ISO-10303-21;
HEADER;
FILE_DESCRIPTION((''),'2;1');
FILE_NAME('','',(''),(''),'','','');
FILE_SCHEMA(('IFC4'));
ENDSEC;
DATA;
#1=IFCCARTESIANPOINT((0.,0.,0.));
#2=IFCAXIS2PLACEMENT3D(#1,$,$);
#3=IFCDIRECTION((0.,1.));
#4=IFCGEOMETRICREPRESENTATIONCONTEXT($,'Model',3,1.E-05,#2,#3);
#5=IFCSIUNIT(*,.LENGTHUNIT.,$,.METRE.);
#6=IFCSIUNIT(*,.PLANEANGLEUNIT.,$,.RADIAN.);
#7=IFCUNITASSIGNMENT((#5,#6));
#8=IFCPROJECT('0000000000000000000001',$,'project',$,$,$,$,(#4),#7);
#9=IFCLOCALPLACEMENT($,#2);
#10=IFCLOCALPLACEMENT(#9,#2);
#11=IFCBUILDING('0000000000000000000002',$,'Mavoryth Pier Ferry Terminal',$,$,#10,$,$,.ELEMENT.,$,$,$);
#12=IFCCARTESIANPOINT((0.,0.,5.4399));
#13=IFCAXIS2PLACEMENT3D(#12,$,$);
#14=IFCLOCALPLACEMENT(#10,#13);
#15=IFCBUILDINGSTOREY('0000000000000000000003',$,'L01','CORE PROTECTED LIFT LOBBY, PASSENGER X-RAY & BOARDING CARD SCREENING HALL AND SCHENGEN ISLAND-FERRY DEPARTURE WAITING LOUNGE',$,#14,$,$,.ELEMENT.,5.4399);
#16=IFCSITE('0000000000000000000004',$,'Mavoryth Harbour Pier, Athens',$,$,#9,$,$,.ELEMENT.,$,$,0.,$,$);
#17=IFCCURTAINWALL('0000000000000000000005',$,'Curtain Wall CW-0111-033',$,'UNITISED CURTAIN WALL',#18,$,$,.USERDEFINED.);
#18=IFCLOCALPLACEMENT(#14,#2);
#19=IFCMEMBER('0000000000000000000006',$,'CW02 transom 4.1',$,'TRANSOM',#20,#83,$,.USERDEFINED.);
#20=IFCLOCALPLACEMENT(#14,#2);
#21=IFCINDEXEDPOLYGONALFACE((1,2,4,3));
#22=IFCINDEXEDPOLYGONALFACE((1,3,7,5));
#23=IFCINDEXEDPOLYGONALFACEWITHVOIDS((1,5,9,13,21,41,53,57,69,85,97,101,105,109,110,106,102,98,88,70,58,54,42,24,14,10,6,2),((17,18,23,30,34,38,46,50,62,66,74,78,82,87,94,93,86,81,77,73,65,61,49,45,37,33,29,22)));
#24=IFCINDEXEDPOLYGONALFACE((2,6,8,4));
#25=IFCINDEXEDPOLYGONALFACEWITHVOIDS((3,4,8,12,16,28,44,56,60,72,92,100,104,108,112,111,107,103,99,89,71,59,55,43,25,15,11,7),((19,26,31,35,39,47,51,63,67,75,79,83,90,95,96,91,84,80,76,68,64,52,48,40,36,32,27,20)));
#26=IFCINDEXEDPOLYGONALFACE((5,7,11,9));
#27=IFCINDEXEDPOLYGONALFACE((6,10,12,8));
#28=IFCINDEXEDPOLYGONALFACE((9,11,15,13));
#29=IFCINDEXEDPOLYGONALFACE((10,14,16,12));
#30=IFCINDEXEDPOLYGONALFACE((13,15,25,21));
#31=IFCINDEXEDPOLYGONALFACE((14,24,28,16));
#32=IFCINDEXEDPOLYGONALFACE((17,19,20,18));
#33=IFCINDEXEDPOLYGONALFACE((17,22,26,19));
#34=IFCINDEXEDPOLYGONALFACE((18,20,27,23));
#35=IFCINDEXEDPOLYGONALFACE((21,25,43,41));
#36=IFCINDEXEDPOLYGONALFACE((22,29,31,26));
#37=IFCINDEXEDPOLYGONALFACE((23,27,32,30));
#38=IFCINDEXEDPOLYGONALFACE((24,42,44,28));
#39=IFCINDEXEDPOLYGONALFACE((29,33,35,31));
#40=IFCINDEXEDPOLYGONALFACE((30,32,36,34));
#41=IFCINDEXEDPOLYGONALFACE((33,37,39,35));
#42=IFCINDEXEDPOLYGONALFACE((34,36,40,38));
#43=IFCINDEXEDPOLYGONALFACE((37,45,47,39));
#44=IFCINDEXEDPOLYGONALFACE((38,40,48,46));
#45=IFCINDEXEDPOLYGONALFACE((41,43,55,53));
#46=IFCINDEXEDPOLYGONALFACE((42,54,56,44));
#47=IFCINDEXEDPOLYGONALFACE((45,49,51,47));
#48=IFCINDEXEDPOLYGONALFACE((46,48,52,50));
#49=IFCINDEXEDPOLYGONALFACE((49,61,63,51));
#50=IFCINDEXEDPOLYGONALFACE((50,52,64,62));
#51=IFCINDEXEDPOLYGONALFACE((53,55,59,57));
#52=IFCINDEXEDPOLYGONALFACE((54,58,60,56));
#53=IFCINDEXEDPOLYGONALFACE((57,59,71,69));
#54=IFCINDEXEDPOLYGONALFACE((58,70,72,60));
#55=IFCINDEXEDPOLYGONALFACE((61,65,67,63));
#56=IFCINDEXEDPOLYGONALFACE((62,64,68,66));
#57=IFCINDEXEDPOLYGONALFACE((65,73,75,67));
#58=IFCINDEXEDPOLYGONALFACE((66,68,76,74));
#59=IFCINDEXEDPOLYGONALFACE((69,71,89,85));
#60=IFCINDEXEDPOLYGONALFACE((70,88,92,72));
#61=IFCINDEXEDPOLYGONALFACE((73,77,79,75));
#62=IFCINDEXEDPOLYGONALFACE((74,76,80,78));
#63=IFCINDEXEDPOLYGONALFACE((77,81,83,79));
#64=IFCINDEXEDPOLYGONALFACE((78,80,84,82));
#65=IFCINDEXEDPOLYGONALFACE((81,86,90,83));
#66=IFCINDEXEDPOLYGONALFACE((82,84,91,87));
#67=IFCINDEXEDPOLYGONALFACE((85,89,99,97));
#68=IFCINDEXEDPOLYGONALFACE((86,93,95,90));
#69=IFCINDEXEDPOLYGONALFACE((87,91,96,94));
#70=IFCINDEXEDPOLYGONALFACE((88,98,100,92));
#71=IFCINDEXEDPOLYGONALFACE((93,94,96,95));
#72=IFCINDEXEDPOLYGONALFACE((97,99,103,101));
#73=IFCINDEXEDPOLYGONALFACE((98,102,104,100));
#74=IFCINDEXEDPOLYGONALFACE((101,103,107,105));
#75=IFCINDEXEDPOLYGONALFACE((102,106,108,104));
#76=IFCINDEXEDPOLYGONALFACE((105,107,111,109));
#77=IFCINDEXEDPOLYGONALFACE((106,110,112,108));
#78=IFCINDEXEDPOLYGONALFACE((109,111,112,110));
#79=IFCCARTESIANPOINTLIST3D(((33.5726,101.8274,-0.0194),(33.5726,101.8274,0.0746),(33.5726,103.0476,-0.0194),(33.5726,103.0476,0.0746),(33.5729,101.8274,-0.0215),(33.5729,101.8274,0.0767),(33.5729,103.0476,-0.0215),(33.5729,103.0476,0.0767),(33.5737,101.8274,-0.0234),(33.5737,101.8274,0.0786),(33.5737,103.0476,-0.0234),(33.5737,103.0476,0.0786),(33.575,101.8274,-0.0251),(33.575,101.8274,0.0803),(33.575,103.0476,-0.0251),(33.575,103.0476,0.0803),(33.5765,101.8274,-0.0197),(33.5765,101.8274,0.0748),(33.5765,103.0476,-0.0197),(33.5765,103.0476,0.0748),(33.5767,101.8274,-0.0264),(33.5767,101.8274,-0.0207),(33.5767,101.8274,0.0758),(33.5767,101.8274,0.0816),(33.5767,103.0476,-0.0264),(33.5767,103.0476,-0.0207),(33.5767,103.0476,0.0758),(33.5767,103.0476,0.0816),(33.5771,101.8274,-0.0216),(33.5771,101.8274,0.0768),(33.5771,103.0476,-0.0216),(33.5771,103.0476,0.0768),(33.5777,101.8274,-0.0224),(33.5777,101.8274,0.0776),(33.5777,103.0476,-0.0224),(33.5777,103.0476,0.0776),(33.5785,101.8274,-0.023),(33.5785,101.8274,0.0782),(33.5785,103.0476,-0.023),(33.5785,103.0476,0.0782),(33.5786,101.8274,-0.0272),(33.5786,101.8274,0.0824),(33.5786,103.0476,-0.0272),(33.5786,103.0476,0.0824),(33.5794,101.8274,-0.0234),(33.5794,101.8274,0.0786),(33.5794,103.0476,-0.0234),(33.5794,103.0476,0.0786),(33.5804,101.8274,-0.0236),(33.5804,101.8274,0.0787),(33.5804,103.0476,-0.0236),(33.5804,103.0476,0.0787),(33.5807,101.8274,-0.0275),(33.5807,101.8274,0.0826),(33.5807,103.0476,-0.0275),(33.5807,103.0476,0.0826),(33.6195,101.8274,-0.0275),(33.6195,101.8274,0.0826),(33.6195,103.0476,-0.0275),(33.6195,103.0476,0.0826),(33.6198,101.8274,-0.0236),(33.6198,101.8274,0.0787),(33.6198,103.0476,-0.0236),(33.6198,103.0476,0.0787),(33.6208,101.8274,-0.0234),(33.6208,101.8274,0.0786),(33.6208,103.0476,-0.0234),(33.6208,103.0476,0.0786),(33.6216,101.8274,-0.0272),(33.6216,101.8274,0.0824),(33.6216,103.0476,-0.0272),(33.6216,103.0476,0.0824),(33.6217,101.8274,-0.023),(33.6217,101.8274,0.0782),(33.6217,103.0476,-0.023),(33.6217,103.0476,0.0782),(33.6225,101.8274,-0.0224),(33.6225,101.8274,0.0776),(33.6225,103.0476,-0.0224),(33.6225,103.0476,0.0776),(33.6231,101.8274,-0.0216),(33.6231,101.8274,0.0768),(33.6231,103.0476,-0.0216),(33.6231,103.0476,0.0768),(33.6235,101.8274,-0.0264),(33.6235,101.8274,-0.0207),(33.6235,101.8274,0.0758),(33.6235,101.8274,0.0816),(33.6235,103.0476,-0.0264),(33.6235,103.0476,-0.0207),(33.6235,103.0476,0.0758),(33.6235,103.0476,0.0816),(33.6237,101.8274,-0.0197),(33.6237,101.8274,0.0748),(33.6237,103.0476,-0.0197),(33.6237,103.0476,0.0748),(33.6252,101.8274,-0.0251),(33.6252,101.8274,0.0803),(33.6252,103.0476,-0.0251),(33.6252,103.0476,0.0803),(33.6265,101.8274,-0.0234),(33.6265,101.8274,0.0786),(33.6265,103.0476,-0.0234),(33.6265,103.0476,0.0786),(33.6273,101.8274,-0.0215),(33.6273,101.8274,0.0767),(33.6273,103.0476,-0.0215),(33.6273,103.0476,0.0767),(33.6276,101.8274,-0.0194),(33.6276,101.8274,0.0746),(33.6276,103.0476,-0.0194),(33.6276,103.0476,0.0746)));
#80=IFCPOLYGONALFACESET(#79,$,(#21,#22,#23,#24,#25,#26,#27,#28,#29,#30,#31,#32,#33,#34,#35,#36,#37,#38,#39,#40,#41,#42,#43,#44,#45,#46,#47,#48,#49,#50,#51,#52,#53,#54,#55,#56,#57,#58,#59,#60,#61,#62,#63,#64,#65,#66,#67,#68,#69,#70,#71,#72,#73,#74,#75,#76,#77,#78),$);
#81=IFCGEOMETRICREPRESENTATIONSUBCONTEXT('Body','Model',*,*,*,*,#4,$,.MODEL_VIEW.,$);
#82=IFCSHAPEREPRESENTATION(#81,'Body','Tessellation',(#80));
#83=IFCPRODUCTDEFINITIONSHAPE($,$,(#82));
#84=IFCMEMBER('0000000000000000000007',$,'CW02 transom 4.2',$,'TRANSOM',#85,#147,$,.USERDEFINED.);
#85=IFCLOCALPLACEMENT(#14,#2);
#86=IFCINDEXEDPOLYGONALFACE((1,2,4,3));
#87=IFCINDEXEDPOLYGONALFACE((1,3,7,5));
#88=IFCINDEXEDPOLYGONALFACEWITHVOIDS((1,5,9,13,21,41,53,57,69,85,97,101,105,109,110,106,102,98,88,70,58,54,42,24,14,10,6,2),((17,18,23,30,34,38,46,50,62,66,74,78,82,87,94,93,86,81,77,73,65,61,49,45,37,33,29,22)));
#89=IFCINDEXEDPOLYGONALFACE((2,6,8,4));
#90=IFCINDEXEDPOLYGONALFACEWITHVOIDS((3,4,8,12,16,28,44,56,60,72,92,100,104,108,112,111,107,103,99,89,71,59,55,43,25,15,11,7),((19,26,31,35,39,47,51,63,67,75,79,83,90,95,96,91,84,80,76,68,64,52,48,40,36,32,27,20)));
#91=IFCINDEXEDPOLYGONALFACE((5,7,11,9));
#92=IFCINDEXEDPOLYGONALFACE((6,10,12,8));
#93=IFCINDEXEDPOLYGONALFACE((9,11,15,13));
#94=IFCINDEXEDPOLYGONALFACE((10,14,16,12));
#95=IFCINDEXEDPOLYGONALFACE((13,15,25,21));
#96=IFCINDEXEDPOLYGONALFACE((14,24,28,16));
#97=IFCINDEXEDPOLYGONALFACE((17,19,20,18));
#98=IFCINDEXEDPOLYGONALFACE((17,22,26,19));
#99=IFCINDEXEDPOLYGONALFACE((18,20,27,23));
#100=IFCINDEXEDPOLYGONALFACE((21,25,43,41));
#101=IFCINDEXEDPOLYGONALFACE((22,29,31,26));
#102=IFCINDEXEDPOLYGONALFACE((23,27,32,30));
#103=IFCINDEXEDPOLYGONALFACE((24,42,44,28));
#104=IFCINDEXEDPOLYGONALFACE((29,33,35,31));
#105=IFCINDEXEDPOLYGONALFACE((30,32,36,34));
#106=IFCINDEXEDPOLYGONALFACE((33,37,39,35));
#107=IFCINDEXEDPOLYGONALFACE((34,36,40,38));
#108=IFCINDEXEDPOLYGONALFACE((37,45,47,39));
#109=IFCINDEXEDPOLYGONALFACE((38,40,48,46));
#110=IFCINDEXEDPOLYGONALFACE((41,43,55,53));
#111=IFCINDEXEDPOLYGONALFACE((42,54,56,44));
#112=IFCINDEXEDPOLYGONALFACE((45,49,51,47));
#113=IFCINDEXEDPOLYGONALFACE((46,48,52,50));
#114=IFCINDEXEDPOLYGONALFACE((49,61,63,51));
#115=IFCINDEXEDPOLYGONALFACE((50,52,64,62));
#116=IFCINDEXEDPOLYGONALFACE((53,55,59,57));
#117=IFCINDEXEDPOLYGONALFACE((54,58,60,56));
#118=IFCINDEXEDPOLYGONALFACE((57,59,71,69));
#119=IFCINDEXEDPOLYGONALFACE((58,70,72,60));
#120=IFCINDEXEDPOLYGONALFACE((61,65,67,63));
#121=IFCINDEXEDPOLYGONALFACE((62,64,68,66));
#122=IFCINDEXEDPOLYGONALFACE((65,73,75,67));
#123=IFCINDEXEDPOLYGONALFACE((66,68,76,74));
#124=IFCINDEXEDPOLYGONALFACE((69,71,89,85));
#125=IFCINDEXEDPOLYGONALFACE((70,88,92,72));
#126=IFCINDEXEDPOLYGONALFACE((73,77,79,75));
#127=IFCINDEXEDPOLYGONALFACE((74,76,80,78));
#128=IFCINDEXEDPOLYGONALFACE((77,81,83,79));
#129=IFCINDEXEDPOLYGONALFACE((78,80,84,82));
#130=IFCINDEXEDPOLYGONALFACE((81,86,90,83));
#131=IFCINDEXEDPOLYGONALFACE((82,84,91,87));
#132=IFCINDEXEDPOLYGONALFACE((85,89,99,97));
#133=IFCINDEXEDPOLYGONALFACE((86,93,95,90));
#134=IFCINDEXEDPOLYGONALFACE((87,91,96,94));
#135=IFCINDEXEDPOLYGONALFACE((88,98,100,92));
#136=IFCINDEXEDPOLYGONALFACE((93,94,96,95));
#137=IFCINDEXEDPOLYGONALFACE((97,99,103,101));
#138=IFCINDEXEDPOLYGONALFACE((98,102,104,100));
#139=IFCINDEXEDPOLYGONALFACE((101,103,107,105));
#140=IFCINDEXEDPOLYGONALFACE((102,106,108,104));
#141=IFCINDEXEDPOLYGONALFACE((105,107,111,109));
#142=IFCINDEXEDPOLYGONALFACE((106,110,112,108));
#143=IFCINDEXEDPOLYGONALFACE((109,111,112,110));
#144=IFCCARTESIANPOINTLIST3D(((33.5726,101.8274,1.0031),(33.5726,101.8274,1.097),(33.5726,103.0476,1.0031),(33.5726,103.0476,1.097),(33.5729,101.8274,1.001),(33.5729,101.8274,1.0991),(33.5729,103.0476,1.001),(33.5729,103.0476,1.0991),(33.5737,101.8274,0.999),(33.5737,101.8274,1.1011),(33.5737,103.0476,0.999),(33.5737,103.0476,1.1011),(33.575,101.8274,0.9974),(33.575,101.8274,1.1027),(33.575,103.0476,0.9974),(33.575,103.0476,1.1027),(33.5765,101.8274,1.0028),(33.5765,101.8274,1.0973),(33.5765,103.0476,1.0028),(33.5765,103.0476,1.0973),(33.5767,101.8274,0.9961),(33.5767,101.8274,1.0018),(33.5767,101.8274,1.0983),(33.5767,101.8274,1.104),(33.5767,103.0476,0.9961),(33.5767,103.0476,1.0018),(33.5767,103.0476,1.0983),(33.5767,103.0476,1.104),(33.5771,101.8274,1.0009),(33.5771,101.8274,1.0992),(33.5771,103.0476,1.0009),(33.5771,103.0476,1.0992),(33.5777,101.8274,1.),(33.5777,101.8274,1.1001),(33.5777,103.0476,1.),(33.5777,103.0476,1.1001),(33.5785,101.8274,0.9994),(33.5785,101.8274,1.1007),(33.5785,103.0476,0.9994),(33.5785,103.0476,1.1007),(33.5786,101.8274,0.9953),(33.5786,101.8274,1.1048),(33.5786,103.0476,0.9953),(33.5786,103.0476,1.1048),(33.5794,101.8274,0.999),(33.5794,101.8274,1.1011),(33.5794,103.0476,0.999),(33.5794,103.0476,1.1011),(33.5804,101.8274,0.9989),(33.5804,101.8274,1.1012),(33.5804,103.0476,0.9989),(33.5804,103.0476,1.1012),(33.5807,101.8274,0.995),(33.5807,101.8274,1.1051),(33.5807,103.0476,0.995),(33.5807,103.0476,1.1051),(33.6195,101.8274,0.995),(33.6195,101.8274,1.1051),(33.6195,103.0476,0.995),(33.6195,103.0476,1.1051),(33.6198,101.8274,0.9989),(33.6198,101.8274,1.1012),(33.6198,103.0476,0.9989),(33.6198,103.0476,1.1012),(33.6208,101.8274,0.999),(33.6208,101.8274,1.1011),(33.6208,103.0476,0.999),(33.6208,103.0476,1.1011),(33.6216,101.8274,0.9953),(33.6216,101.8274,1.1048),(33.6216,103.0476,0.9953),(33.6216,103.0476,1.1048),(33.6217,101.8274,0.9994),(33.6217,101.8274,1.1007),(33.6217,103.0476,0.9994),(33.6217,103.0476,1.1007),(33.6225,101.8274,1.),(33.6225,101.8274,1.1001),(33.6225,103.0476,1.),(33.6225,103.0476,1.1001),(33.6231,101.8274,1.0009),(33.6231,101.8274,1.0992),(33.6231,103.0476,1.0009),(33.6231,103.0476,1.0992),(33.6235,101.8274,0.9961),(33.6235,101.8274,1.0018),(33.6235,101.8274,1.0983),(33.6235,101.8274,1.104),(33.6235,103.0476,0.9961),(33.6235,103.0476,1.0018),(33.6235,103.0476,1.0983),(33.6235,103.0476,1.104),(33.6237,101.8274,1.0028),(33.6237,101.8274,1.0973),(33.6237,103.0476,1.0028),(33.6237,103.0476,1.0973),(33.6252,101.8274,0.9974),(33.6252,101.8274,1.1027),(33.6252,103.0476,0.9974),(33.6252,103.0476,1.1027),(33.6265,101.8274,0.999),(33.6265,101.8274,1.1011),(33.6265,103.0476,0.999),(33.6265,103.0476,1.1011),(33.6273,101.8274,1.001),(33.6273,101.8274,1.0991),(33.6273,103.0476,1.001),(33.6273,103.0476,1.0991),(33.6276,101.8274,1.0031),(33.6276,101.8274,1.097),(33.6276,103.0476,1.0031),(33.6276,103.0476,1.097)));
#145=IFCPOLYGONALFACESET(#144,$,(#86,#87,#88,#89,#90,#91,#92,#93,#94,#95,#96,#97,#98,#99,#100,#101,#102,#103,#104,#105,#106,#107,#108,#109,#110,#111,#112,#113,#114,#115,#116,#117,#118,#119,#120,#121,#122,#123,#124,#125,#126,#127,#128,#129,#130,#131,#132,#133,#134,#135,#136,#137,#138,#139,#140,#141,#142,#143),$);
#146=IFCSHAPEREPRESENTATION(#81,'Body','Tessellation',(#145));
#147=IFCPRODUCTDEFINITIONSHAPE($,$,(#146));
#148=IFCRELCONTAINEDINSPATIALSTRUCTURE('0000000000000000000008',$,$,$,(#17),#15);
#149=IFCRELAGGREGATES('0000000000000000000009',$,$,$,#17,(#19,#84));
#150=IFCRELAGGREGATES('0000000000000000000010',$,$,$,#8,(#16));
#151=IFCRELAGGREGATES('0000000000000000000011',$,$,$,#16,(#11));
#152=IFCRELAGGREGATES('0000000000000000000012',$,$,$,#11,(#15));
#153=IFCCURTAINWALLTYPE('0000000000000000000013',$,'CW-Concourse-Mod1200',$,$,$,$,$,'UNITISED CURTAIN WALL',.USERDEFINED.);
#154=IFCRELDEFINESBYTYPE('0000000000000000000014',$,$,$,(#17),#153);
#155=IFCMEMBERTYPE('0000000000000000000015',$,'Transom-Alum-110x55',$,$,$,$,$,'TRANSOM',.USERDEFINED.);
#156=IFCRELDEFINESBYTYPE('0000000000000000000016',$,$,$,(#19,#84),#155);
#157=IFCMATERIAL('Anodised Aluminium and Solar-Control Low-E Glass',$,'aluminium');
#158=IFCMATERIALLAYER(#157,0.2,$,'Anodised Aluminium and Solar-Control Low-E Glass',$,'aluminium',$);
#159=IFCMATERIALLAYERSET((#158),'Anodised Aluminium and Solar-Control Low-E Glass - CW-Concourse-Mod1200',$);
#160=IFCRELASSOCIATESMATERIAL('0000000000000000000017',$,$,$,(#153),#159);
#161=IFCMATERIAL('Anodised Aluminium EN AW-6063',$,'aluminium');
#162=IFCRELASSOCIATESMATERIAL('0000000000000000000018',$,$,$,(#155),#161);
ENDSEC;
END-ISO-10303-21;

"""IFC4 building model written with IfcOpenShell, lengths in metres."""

from ifc_helpers import new_model, si_unit, direction, frame, origin, origin_2d, place, context, subcontext, project, spatial, hollow_rectangle, extrude, material, layer, layer_set, material_profile, profile_set, type_object, element, aggregate, save


model = new_model("IFC4")

# Units and contexts
model_context = context("Model", 3, precision=1e-05, world=origin(), true_north=direction((0.0, 1.0)))
body_context = subcontext(model_context, "Body", "Model", "MODEL_VIEW")
ifc_project = project(units=[si_unit("LENGTHUNIT", "METRE"), si_unit("PLANEANGLEUNIT", "RADIAN")], contexts=[model_context])

# Site, building, storey
site_placement = place(None, origin())
site = spatial("IfcSite", under=ifc_project, at=site_placement, Name="Mavoryth Harbour Pier, Athens", CompositionType="ELEMENT", RefElevation=0.0)
building_placement = place(site_placement, origin())
building = spatial("IfcBuilding", under=site, at=building_placement, Name="Mavoryth Pier Ferry Terminal", CompositionType="ELEMENT")
storey_placement = place(building_placement, frame((0.0, 0.0, 5.4399)))
storey = spatial("IfcBuildingStorey", under=building, at=storey_placement, Name="L01", Description="CORE PROTECTED LIFT LOBBY, PASSENGER X-RAY & BOARDING CARD SCREENING HALL AND SCHENGEN ISLAND-FERRY DEPARTURE WAITING LOUNGE", CompositionType="ELEMENT", Elevation=5.4399)

# Curtain wall
ifc_material_1 = material(Name="Anodised Aluminium and Solar-Control Low-E Glass", Category="aluminium")
ifc_layer_1 = layer(ifc_material_1, 0.2, Name="Anodised Aluminium and Solar-Control Low-E Glass", Category="aluminium")
ifc_layer_set_1 = layer_set([ifc_layer_1], Name="Anodised Aluminium and Solar-Control Low-E Glass - CW-Concourse-Mod1200")
curtain_wall_type_1 = type_object("IfcCurtainWallType", Name="CW-Concourse-Mod1200", ElementType="UNITISED CURTAIN WALL", PredefinedType="USERDEFINED", material=ifc_layer_set_1)
curtain_wall_1_placement = place(storey_placement, origin())
curtain_wall_1 = element("IfcCurtainWall", 1, at=curtain_wall_1_placement, inside=storey, type_object=curtain_wall_type_1, Name="Curtain Wall CW-0111-033", ObjectType="UNITISED CURTAIN WALL", PredefinedType="USERDEFINED")
ifc_material_2 = material(Name="Anodised Aluminium EN AW-6063", Category="aluminium")

# Members
ifc_material_profile_1 = material_profile(ifc_material_2, hollow_rectangle(XDim=0.0549, YDim=0.1101, WallThickness=0.0039, InnerFilletRadius=0.0039, OuterFilletRadius=0.0081, at=origin_2d()), Name="AL-TRAN 110x55x4", Category="aluminium")
ifc_profile_set_1 = profile_set([ifc_material_profile_1], Name="Anodised Aluminium EN AW-6063 - AL-TRAN 110x55x4")
member_type_1 = type_object("IfcMemberType", Name="Transom-Alum-110x55", ElementType="TRANSOM", PredefinedType="USERDEFINED", material=ifc_profile_set_1)
member_1_placement = place(storey_placement, frame((33.6001, 101.8274, 0.0276), z_axis=(0.0, 1.0, 0.0), x_axis=(-1.0, 0.0, 0.0)))
member_1 = element("IfcMember", 2, at=member_1_placement, type_object=member_type_1, Name="CW02 transom 4.1", ObjectType="TRANSOM", PredefinedType="USERDEFINED", context=body_context, shape_type="SweptSolid", body=[
    extrude(hollow_rectangle(XDim=0.0549, YDim=0.1101, WallThickness=0.0039, InnerFilletRadius=0.0039, OuterFilletRadius=0.0081, at=origin_2d()), origin(), (0.0, 0.0, 1.0), 1.2202),
])
member_2_placement = place(storey_placement, frame((33.6001, 101.8274, 1.05), z_axis=(0.0, 1.0, 0.0), x_axis=(-1.0, 0.0, 0.0)))
member_2 = element("IfcMember", 3, at=member_2_placement, type_object=member_type_1, Name="CW02 transom 4.2", ObjectType="TRANSOM", PredefinedType="USERDEFINED", context=body_context, shape_type="SweptSolid", body=[
    extrude(hollow_rectangle(XDim=0.0549, YDim=0.1101, WallThickness=0.0039, InnerFilletRadius=0.0039, OuterFilletRadius=0.0081, at=origin_2d()), origin(), (0.0, 0.0, 1.0), 1.2202),
])

aggregate(curtain_wall_1, [member_1, member_2])

save(model, "model.ifc")
